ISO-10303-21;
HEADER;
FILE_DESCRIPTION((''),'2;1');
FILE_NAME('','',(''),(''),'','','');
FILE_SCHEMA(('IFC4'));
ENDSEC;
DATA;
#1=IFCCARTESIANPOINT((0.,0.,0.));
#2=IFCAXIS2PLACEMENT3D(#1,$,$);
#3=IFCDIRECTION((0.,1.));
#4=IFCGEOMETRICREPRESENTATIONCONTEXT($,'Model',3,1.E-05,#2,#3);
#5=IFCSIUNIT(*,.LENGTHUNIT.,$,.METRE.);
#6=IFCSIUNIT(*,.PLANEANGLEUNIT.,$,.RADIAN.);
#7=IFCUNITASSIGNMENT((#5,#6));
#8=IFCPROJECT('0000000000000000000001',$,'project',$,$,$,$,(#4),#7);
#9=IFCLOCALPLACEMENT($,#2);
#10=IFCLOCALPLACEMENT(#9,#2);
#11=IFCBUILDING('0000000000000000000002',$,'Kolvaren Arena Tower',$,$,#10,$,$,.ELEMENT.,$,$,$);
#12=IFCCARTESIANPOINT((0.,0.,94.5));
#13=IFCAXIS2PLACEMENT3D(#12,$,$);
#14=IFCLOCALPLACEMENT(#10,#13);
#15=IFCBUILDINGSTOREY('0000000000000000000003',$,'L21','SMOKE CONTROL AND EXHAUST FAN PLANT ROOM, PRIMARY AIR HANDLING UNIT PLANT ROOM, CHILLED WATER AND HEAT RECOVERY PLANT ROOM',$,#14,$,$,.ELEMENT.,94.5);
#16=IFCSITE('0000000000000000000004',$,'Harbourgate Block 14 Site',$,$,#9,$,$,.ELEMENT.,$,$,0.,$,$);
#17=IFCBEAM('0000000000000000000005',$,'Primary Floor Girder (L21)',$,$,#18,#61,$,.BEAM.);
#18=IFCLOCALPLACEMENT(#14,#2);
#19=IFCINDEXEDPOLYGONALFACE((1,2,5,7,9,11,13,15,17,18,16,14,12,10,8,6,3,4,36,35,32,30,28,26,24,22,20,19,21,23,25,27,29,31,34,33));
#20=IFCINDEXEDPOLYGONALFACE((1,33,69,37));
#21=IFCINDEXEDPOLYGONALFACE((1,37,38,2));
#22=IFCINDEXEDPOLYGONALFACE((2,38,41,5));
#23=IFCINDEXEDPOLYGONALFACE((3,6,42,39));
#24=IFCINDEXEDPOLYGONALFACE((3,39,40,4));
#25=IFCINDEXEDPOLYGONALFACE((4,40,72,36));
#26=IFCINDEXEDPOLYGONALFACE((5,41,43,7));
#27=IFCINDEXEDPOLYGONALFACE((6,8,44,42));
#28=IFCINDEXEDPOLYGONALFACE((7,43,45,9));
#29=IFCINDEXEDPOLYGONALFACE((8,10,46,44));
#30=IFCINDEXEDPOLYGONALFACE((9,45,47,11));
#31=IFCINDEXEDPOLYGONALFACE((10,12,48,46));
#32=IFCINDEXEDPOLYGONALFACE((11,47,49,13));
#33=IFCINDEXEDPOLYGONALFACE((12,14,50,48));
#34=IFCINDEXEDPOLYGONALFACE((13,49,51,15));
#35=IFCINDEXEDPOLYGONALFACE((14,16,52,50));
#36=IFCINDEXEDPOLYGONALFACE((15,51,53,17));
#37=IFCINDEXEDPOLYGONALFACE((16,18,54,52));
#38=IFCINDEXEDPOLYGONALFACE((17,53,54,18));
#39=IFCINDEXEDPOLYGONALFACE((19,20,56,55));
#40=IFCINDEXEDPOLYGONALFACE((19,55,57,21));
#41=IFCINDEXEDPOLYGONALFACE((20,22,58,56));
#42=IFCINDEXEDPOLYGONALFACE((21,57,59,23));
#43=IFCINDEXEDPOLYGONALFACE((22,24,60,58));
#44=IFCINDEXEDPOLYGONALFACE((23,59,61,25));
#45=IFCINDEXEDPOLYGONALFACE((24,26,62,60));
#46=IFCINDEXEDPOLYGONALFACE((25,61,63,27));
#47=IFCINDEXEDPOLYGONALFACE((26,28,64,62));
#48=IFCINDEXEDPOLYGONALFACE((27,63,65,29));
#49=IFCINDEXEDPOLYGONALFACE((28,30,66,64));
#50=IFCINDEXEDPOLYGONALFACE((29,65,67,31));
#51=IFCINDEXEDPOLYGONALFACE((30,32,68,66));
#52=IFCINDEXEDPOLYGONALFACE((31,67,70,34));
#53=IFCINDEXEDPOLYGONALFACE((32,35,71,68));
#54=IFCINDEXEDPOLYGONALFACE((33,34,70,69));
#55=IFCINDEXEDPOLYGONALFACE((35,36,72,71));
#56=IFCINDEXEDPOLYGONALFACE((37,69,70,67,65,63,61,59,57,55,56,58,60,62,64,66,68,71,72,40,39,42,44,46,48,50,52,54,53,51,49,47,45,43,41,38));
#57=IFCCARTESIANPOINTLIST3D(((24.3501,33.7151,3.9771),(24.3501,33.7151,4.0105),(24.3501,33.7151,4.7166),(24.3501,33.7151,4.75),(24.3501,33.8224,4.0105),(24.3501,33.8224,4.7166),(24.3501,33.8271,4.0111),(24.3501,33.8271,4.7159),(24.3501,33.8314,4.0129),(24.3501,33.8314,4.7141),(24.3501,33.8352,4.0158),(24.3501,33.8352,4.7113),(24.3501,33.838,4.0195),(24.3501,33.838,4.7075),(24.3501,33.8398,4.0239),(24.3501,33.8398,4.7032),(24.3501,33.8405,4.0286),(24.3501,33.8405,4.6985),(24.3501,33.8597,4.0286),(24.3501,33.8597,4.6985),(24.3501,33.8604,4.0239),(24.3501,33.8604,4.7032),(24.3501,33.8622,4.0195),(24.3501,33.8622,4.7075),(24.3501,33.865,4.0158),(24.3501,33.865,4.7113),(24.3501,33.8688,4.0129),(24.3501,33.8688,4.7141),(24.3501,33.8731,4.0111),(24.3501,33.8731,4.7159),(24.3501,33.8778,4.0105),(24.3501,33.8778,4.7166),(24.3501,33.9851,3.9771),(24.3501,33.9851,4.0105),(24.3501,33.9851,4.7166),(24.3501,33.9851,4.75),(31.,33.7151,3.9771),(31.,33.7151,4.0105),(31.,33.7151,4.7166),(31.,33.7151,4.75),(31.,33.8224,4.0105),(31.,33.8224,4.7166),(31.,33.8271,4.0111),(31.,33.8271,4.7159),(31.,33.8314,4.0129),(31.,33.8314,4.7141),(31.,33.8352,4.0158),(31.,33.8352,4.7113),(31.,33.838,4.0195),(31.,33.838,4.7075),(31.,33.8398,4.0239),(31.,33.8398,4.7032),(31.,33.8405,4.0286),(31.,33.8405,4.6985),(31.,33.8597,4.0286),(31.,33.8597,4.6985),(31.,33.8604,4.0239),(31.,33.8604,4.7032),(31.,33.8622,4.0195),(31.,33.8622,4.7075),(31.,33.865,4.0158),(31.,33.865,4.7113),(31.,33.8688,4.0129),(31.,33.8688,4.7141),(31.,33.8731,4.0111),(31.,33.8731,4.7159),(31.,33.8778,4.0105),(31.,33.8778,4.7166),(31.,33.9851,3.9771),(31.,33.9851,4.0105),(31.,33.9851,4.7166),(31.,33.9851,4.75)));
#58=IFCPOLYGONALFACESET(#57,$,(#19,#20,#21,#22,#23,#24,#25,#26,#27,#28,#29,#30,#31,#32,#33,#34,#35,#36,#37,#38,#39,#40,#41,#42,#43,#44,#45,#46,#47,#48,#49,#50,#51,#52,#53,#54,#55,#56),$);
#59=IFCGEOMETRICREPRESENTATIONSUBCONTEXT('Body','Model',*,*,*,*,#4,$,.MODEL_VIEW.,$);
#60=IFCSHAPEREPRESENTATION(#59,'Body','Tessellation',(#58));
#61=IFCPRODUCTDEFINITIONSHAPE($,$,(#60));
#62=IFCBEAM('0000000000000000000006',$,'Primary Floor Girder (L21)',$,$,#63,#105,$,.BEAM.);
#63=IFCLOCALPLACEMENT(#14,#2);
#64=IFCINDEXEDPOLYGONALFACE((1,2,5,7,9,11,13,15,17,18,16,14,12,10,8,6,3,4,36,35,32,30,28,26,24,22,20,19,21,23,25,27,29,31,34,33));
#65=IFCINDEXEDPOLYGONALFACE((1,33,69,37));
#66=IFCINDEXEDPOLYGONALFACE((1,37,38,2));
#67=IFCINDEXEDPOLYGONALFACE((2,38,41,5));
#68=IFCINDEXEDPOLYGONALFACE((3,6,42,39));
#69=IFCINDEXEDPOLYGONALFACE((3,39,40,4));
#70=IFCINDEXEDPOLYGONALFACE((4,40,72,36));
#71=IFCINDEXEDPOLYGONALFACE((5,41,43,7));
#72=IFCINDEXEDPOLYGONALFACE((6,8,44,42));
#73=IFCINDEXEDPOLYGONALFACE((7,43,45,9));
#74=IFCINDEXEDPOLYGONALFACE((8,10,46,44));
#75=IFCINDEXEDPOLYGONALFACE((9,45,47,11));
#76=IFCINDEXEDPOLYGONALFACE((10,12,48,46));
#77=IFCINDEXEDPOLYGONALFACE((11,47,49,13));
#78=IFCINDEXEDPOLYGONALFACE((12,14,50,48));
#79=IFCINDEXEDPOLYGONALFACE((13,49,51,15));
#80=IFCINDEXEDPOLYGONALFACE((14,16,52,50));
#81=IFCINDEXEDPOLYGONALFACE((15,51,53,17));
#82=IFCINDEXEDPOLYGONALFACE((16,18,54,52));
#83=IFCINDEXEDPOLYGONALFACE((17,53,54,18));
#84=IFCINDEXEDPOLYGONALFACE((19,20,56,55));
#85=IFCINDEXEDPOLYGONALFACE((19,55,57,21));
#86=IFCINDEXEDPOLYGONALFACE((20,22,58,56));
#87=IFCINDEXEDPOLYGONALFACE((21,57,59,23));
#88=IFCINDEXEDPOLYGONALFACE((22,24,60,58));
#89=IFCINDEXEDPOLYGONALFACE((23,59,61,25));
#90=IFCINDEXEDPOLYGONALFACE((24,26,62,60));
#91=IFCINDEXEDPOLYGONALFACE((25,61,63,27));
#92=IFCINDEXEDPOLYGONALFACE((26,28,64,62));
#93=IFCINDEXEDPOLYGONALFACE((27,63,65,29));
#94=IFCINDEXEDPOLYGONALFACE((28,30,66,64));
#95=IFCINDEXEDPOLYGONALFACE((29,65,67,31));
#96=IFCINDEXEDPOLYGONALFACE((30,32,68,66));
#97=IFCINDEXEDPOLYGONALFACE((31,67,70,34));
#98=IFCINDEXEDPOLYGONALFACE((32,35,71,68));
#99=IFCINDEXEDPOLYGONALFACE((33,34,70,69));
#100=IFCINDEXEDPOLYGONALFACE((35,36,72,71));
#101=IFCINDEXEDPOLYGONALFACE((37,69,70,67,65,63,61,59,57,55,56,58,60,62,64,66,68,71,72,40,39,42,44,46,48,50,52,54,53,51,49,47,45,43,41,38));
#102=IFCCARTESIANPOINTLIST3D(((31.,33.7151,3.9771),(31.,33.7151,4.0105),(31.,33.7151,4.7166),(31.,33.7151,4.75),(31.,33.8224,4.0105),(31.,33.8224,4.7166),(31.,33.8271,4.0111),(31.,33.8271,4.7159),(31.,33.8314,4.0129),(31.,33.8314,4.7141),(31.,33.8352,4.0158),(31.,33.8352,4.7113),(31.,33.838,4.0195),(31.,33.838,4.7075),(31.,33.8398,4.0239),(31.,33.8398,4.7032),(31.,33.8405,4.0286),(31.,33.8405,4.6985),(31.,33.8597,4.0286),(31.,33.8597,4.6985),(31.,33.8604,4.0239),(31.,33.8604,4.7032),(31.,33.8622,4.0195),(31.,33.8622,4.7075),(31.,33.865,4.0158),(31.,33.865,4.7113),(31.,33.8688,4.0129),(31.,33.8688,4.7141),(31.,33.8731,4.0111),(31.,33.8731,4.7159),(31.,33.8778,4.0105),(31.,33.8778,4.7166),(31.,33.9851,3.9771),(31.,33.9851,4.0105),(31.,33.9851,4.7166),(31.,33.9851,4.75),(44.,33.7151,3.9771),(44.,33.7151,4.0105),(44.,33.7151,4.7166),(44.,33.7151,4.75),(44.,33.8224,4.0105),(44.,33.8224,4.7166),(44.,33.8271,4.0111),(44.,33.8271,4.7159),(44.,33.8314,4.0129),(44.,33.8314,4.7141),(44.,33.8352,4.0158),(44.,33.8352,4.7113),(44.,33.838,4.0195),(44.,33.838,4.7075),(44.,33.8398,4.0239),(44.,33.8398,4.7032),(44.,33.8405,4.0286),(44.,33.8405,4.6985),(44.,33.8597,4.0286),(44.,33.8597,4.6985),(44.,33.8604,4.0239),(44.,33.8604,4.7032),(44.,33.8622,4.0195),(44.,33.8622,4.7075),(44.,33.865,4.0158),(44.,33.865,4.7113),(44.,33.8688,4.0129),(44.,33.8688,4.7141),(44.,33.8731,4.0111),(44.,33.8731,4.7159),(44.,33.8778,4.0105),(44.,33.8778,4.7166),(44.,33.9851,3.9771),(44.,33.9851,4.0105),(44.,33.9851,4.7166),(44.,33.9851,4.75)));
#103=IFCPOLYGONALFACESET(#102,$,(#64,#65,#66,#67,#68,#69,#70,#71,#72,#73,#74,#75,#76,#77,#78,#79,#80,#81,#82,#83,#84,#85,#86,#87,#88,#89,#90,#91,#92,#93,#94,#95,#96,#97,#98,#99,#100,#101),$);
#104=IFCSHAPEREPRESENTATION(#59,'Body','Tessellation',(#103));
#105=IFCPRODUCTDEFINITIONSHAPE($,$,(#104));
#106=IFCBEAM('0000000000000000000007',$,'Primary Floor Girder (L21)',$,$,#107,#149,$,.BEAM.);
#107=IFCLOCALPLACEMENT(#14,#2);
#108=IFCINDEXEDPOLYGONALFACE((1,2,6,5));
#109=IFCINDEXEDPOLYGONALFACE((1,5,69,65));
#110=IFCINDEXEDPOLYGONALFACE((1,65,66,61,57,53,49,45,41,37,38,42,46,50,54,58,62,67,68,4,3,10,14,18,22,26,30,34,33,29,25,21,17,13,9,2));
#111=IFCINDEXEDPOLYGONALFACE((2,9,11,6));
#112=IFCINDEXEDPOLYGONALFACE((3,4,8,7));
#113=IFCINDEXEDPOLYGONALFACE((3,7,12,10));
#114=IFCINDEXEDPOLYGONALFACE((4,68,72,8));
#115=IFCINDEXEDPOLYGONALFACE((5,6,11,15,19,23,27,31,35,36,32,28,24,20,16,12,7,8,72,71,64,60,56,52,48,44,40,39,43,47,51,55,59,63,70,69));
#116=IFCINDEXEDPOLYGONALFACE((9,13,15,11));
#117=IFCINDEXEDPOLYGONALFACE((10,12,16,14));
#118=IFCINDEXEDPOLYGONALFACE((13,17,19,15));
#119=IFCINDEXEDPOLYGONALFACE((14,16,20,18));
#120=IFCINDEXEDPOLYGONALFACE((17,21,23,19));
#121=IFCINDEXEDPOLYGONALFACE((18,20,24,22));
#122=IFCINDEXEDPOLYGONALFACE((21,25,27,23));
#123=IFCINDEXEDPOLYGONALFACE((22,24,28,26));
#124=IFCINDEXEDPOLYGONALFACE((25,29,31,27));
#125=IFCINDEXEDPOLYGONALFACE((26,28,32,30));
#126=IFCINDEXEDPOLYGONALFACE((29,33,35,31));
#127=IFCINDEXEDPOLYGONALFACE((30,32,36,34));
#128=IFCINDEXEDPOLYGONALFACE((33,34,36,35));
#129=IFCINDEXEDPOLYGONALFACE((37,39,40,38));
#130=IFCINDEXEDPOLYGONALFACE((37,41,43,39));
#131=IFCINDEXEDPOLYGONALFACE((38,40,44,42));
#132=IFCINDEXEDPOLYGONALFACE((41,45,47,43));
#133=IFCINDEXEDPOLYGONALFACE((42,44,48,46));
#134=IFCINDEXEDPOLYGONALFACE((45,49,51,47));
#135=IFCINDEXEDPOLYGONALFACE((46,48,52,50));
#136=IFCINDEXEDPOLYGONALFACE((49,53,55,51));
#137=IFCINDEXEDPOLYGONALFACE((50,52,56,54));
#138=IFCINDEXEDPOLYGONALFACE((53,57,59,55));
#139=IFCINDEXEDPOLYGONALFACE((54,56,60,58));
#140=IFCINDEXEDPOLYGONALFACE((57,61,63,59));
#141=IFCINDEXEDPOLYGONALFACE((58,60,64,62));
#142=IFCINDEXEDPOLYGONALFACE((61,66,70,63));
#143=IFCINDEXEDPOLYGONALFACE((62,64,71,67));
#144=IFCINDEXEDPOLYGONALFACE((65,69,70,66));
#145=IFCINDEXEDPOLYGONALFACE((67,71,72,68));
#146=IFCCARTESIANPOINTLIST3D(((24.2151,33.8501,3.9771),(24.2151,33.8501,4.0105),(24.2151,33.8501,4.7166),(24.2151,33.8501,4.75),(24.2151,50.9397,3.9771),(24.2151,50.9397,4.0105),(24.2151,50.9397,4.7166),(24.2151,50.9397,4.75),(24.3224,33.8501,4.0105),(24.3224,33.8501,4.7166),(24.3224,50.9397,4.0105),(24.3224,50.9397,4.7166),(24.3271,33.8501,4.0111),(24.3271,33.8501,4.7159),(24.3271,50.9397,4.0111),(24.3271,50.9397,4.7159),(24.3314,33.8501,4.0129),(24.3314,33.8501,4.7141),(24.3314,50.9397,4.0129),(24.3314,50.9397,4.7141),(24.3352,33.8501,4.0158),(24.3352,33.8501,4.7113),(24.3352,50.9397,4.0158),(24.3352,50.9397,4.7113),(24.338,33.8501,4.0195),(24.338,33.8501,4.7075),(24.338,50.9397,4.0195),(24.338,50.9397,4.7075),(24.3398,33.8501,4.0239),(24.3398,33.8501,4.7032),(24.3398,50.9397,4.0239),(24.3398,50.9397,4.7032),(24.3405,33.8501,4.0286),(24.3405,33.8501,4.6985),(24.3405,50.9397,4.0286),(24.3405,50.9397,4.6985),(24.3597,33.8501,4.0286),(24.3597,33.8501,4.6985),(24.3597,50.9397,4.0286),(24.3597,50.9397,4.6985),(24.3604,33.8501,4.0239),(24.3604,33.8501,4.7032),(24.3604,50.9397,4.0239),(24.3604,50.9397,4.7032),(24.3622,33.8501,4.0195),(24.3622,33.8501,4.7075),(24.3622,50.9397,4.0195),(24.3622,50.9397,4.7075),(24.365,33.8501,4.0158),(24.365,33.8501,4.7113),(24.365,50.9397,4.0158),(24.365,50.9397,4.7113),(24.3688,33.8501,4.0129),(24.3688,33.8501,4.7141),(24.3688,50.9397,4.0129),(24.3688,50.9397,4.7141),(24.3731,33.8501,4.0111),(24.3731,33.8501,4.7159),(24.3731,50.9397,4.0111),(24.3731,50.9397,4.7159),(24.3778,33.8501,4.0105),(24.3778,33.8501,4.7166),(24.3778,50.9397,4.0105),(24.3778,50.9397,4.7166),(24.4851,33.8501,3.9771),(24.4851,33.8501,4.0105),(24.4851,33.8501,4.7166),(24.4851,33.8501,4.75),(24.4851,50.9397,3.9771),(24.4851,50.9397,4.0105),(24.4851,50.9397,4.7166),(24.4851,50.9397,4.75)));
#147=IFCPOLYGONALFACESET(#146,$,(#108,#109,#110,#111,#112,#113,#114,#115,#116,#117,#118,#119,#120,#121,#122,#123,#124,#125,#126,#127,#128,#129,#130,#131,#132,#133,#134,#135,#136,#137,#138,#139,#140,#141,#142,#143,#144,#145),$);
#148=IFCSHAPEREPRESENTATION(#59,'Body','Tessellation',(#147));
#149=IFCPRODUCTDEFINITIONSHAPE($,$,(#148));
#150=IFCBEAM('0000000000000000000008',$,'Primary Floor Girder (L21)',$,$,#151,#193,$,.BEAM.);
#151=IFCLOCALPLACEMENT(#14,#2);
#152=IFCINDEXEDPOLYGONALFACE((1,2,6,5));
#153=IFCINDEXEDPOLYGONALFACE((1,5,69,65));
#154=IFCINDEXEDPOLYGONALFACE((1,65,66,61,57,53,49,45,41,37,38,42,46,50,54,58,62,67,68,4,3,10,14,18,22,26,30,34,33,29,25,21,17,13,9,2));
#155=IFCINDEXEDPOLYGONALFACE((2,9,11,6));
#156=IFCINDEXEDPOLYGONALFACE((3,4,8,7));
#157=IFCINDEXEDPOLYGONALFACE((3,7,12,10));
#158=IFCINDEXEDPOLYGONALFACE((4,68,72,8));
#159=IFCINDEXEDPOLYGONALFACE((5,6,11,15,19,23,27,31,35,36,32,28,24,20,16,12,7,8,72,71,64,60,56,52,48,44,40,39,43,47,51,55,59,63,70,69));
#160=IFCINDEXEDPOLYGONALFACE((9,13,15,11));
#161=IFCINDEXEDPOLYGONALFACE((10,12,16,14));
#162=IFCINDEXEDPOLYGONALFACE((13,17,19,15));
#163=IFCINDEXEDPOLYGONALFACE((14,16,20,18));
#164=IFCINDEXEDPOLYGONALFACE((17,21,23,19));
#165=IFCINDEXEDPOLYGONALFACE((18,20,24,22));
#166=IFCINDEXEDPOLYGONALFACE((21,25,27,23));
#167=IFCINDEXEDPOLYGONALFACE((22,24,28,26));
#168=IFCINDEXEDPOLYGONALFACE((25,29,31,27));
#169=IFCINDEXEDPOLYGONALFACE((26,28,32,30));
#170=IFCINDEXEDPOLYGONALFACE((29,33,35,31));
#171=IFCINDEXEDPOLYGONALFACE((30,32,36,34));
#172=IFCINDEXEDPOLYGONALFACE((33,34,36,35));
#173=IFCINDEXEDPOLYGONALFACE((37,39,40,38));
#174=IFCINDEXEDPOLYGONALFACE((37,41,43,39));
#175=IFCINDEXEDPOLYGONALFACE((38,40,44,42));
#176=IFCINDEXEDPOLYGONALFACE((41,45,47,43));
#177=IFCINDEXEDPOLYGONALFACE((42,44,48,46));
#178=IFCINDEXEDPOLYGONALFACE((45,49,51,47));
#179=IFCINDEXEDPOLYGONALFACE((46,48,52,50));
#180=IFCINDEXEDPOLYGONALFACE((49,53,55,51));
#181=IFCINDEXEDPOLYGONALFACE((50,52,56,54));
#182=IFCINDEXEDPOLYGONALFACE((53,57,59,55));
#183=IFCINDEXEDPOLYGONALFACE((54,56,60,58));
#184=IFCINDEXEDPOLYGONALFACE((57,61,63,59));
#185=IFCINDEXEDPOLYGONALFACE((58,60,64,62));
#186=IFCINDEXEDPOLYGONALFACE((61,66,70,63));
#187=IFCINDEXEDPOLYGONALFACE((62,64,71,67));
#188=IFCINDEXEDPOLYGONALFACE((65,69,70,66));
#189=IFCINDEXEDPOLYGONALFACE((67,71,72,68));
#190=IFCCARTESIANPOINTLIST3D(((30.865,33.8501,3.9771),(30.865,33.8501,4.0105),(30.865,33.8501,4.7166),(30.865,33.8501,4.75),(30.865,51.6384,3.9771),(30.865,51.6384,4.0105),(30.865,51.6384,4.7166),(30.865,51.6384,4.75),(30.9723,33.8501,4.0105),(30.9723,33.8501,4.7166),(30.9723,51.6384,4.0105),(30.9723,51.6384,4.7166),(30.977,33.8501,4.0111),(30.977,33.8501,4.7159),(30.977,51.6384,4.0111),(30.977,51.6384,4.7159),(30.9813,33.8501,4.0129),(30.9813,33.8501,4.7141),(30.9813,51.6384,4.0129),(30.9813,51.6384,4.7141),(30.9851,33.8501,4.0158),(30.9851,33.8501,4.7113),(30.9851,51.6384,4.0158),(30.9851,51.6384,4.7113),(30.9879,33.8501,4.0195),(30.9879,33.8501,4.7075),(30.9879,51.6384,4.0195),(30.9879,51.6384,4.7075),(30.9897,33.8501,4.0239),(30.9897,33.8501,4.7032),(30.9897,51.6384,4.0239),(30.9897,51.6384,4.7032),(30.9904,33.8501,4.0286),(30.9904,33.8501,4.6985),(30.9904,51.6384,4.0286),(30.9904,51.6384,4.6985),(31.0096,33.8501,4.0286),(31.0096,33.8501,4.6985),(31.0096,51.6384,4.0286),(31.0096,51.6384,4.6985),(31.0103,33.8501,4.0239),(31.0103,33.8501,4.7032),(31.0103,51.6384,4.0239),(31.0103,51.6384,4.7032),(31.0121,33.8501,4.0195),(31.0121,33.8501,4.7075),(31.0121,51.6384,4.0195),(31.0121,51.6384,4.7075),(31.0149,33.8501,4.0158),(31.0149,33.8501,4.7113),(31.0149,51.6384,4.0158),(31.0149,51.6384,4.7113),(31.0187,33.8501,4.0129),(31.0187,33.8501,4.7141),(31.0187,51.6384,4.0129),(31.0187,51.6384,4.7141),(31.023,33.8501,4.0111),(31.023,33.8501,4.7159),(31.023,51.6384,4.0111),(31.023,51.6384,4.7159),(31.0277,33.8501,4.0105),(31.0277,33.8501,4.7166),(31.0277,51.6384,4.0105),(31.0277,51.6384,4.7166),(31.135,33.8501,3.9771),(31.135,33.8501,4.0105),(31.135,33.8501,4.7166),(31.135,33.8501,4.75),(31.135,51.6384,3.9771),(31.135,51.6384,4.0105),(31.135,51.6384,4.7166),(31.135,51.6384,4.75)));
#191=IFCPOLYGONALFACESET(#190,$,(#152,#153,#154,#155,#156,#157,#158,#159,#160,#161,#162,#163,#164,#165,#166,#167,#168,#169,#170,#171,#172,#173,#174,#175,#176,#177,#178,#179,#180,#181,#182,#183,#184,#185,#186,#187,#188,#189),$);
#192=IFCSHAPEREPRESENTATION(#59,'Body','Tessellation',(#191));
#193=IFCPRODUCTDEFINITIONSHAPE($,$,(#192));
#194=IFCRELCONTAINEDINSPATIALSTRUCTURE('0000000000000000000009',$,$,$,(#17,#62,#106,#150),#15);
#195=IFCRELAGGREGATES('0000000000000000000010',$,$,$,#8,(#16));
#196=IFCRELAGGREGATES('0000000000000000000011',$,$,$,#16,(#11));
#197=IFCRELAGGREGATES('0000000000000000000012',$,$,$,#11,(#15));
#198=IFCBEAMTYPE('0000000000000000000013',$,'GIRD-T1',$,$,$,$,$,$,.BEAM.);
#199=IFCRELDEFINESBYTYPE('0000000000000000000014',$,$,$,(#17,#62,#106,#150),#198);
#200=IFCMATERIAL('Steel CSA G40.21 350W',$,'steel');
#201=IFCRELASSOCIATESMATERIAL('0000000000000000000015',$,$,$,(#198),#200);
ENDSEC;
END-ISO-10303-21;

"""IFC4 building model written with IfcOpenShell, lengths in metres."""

from ifc_helpers import new_model, si_unit, direction, frame, origin, origin_2d, place, context, subcontext, project, spatial, i_section, extrude, material, material_profile, profile_set, type_object, element, save


model = new_model("IFC4")

# Units and contexts
model_context = context("Model", 3, precision=1e-05, world=origin(), true_north=direction((0.0, 1.0)))
body_context = subcontext(model_context, "Body", "Model", "MODEL_VIEW")
ifc_project = project(units=[si_unit("LENGTHUNIT", "METRE"), si_unit("PLANEANGLEUNIT", "RADIAN")], contexts=[model_context])

# Site, building, storey
site_placement = place(None, origin())
site = spatial("IfcSite", under=ifc_project, at=site_placement, Name="Harbourgate Block 14 Site", CompositionType="ELEMENT", RefElevation=0.0)
building_placement = place(site_placement, origin())
building = spatial("IfcBuilding", under=site, at=building_placement, Name="Kolvaren Arena Tower", CompositionType="ELEMENT")
storey_placement = place(building_placement, frame((0.0, 0.0, 94.5)))
storey = spatial("IfcBuildingStorey", under=building, at=storey_placement, Name="L21", Description="SMOKE CONTROL AND EXHAUST FAN PLANT ROOM, PRIMARY AIR HANDLING UNIT PLANT ROOM, CHILLED WATER AND HEAT RECOVERY PLANT ROOM", CompositionType="ELEMENT", Elevation=94.5)

# Shared definitions
ifc_material_1 = material(Name="Steel CSA G40.21 350W", Category="steel")

# Beams
ifc_material_profile_1 = material_profile(ifc_material_1, i_section(OverallWidth=0.27, OverallDepth=0.7729, WebThickness=0.0193, FlangeThickness=0.0334, FilletRadius=0.0181, at=origin_2d()), Name="W760x257")
ifc_profile_set_1 = profile_set([ifc_material_profile_1], Name="Steel CSA G40.21 350W")
beam_type_1 = type_object("IfcBeamType", Name="GIRD-T1", PredefinedType="BEAM", material=ifc_profile_set_1)
beam_1_placement = place(storey_placement, frame((24.3501, 33.8501, 4.3635), z_axis=(1.0, 0.0, 0.0), x_axis=(0.0, 1.0, 0.0)))
element("IfcBeam", 1, at=beam_1_placement, inside=storey, type_object=beam_type_1, Name="Primary Floor Girder (L21)", PredefinedType="BEAM", context=body_context, shape_type="SweptSolid", body=[
    extrude(i_section(OverallWidth=0.27, OverallDepth=0.7729, WebThickness=0.0193, FlangeThickness=0.0334, FilletRadius=0.0181, at=origin_2d()), origin(), (0.0, 0.0, 1.0), 6.6499),
])
beam_2_placement = place(storey_placement, frame((31.0, 33.8501, 4.3635), z_axis=(1.0, 0.0, 0.0), x_axis=(0.0, 1.0, 0.0)))
element("IfcBeam", 2, at=beam_2_placement, inside=storey, type_object=beam_type_1, Name="Primary Floor Girder (L21)", PredefinedType="BEAM", context=body_context, shape_type="SweptSolid", body=[
    extrude(i_section(OverallWidth=0.27, OverallDepth=0.7729, WebThickness=0.0193, FlangeThickness=0.0334, FilletRadius=0.0181, at=origin_2d()), origin(), (0.0, 0.0, 1.0), 13.0),
])
beam_3_placement = place(storey_placement, frame((24.3501, 33.8501, 4.3635), z_axis=(0.0, 1.0, 0.0), x_axis=(-1.0, 0.0, 0.0)))
element("IfcBeam", 3, at=beam_3_placement, inside=storey, type_object=beam_type_1, Name="Primary Floor Girder (L21)", PredefinedType="BEAM", context=body_context, shape_type="SweptSolid", body=[
    extrude(i_section(OverallWidth=0.27, OverallDepth=0.7729, WebThickness=0.0193, FlangeThickness=0.0334, FilletRadius=0.0181, at=origin_2d()), origin(), (0.0, 0.0, 1.0), 17.0896),
])
beam_4_placement = place(storey_placement, frame((31.0, 33.8501, 4.3635), z_axis=(0.0, 1.0, 0.0), x_axis=(-1.0, 0.0, 0.0)))
element("IfcBeam", 4, at=beam_4_placement, inside=storey, type_object=beam_type_1, Name="Primary Floor Girder (L21)", PredefinedType="BEAM", context=body_context, shape_type="SweptSolid", body=[
    extrude(i_section(OverallWidth=0.27, OverallDepth=0.7729, WebThickness=0.0193, FlangeThickness=0.0334, FilletRadius=0.0181, at=origin_2d()), origin(), (0.0, 0.0, 1.0), 17.7883),
])

save(model, "model.ifc")
